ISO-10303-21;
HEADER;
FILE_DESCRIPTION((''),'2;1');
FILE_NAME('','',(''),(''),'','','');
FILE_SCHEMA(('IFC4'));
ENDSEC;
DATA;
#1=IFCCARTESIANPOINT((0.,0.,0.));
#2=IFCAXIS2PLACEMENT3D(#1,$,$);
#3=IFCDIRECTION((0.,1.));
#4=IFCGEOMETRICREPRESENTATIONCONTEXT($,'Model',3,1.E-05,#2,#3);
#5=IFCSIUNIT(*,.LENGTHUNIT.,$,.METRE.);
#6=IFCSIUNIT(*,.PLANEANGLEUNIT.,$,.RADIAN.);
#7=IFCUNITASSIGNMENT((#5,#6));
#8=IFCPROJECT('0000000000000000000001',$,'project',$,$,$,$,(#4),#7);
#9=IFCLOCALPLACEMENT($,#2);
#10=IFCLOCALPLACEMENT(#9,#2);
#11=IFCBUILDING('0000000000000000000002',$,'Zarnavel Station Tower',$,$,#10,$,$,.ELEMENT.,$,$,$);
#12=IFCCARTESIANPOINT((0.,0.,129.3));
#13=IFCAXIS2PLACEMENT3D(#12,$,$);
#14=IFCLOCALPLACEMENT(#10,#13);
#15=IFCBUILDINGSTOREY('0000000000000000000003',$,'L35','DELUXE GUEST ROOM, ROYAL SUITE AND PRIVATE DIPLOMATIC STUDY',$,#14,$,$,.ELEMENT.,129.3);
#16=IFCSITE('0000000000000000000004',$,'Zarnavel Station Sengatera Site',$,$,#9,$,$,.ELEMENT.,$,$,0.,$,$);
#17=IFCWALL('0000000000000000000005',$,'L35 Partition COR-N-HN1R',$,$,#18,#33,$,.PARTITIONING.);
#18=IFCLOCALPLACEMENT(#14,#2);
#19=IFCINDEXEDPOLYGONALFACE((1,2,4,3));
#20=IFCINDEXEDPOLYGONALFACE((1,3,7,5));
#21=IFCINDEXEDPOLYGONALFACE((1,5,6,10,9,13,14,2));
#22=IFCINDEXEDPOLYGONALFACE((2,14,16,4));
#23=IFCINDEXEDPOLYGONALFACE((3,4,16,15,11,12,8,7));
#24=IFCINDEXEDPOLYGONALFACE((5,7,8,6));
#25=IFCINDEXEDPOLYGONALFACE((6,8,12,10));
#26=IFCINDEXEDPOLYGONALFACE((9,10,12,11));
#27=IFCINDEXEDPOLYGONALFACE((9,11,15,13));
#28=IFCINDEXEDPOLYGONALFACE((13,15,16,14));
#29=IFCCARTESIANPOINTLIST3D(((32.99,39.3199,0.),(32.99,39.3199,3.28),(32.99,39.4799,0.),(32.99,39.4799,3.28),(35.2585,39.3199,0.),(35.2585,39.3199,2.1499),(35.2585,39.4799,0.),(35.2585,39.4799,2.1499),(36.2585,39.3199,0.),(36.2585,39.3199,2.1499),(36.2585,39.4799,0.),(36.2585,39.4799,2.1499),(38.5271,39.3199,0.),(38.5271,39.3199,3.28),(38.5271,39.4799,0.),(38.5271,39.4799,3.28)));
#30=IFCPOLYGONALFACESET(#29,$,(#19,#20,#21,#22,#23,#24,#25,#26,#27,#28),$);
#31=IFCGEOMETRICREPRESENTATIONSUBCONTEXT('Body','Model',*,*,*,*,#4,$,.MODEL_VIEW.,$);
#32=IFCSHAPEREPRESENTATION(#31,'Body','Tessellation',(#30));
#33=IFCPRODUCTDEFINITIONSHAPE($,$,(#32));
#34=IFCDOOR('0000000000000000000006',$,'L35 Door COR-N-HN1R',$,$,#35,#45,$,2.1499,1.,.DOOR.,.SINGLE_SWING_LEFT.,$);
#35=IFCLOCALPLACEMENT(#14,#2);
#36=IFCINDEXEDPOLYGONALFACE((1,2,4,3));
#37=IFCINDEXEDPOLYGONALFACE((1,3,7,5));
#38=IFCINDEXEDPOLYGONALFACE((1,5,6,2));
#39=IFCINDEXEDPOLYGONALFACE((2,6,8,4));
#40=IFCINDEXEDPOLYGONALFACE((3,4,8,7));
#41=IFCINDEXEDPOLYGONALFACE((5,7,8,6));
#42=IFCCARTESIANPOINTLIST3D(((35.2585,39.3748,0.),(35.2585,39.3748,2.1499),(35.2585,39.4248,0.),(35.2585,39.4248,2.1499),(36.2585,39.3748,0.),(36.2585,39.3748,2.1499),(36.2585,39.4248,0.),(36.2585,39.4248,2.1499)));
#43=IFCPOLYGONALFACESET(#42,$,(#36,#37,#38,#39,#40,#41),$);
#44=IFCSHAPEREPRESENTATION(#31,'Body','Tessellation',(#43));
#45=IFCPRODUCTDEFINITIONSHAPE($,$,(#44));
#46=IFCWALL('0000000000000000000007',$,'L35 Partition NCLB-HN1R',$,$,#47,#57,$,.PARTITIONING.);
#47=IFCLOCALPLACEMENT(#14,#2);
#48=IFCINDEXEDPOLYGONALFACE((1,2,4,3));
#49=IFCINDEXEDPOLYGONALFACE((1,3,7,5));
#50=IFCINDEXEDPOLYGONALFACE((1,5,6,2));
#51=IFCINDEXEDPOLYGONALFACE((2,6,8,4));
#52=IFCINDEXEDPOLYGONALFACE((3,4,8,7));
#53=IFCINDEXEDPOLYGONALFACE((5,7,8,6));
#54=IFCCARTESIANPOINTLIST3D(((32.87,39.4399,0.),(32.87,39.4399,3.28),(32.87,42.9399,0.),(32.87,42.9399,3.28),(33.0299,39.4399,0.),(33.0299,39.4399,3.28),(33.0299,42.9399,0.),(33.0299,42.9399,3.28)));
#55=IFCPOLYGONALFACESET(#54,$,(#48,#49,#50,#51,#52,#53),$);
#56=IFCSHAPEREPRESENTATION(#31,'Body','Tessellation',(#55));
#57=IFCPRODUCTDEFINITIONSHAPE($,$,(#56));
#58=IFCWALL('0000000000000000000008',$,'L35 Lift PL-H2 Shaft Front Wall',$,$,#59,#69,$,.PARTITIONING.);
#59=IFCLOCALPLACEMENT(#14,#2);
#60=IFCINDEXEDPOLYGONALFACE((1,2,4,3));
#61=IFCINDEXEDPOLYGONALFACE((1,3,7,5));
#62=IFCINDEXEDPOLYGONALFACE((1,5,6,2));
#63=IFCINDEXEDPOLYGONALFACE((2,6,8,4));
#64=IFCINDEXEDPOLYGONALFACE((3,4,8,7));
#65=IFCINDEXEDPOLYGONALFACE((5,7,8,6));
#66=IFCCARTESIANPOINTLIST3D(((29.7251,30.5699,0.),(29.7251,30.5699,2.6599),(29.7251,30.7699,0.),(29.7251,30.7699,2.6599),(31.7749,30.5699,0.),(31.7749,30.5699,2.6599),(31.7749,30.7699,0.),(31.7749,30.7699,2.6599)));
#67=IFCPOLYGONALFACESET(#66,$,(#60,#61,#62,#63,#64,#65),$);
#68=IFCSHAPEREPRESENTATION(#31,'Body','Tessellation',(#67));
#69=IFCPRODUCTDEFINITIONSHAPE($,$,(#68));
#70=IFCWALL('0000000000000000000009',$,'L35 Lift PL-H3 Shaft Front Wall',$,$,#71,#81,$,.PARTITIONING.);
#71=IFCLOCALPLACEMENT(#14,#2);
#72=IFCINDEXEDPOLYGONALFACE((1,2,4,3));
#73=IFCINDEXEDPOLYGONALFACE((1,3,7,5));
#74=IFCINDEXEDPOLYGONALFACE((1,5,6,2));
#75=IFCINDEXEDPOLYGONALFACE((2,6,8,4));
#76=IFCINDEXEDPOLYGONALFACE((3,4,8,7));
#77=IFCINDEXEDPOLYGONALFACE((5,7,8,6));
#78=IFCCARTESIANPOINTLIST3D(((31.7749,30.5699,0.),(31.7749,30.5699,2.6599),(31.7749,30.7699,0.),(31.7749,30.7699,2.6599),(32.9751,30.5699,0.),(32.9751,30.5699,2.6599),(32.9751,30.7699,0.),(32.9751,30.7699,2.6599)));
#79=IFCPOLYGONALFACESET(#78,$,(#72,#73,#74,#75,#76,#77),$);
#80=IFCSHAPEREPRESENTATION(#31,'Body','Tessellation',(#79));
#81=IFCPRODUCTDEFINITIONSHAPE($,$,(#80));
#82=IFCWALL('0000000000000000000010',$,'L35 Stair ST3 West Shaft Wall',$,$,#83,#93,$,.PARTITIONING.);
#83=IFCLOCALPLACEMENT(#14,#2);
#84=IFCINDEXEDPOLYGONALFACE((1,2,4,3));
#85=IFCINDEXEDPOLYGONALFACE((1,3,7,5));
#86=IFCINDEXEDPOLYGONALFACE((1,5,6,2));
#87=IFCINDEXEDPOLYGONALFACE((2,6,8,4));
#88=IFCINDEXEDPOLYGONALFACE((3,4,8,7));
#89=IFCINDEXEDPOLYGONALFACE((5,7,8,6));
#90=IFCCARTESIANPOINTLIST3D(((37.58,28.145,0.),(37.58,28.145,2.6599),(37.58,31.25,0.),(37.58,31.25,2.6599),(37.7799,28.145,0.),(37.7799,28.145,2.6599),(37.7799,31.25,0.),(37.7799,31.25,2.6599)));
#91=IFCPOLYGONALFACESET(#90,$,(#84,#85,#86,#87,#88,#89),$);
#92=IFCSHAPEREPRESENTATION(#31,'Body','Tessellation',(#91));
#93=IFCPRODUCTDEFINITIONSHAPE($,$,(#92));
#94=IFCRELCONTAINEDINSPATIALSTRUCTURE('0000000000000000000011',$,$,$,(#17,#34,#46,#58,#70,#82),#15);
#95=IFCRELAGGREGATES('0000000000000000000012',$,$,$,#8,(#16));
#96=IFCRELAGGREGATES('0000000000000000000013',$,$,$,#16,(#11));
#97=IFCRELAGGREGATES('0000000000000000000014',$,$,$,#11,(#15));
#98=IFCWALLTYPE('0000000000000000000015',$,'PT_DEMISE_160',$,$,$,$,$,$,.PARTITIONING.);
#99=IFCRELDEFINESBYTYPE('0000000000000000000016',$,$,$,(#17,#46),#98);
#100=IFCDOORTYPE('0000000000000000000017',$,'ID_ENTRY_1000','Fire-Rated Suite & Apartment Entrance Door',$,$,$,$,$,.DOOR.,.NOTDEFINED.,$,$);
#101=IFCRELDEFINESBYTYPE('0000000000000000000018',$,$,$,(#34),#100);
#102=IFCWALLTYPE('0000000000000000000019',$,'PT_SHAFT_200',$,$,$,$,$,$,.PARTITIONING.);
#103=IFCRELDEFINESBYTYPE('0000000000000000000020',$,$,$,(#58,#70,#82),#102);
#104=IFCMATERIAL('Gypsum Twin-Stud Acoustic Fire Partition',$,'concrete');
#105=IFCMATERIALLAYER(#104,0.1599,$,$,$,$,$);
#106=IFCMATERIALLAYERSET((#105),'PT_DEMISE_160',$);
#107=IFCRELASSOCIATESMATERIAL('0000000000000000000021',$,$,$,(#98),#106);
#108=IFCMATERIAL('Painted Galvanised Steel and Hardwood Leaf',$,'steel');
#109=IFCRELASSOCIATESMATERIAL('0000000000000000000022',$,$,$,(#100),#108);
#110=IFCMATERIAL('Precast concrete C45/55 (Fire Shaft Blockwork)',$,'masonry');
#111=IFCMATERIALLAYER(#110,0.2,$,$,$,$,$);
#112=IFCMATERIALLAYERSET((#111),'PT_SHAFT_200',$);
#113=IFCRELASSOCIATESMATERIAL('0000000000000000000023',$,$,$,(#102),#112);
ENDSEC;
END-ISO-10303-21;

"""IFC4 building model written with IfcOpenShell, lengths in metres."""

from ifc_helpers import new_model, si_unit, direction, frame, frame_2d, origin, place, context, subcontext, project, spatial, rectangle, extrude, material, layer, layer_set, type_object, element, fill, save


model = new_model("IFC4")

# Units and contexts
model_context = context("Model", 3, precision=1e-05, world=origin(), true_north=direction((0.0, 1.0)))
body_context = subcontext(model_context, "Body", "Model", "MODEL_VIEW")
ifc_project = project(units=[si_unit("LENGTHUNIT", "METRE"), si_unit("PLANEANGLEUNIT", "RADIAN")], contexts=[model_context])

# Site, building, storey
site_placement = place(None, origin())
site = spatial("IfcSite", under=ifc_project, at=site_placement, Name="Zarnavel Station Sengatera Site", CompositionType="ELEMENT", RefElevation=0.0)
building_placement = place(site_placement, origin())
building = spatial("IfcBuilding", under=site, at=building_placement, Name="Zarnavel Station Tower", CompositionType="ELEMENT")
storey_placement = place(building_placement, frame((0.0, 0.0, 129.3)))
storey = spatial("IfcBuildingStorey", under=building, at=storey_placement, Name="L35", Description="DELUXE GUEST ROOM, ROYAL SUITE AND PRIVATE DIPLOMATIC STUDY", CompositionType="ELEMENT", Elevation=129.3)

# Wall, opening, door
ifc_material_1 = material(Name="Gypsum Twin-Stud Acoustic Fire Partition", Category="concrete")
ifc_layer_1 = layer(ifc_material_1, 0.1599)
ifc_layer_set_1 = layer_set([ifc_layer_1], Name="PT_DEMISE_160")
wall_type_1 = type_object("IfcWallType", Name="PT_DEMISE_160", PredefinedType="PARTITIONING", material=ifc_layer_set_1)
wall_1_placement = place(storey_placement, frame((32.99, 39.3999, 0.0), z_axis=(0.0, 0.0, 1.0), x_axis=(1.0, 0.0, 0.0)))
wall_1 = element("IfcWall", 1, at=wall_1_placement, inside=storey, type_object=wall_type_1, Name="L35 Partition COR-N-HN1R", PredefinedType="PARTITIONING", context=body_context, shape_type="SweptSolid", body=[
    extrude(rectangle(XDim=5.5371, YDim=0.1599, at=frame_2d((2.7686, 0.0))), origin(), (0.0, 0.0, 1.0), 3.28),
])
opening_1_placement = place(wall_1_placement, frame((2.2686, 0.0, 0.0)))
opening_1 = element("IfcOpeningElement", 2, at=opening_1_placement, cuts=wall_1, PredefinedType="OPENING", context=body_context, shape_type="SweptSolid", body=[
    extrude(rectangle(XDim=1.0, YDim=2.1499, at=frame_2d((0.5, 1.075))), frame((0.0, 0.0898, 0.0), z_axis=(0.0, -1.0, 0.0), x_axis=(1.0, 0.0, 0.0)), (0.0, 0.0, 1.0), 0.1799),
])
ifc_material_2 = material(Name="Painted Galvanised Steel and Hardwood Leaf", Category="steel")
door_type_1 = type_object("IfcDoorType", Name="ID_ENTRY_1000", Description="Fire-Rated Suite & Apartment Entrance Door", OperationType="NOTDEFINED", PredefinedType="DOOR", material=ifc_material_2)
door_1_placement = place(opening_1_placement, origin())
door_1 = element("IfcDoor", 3, at=door_1_placement, inside=storey, type_object=door_type_1, Name="L35 Door COR-N-HN1R", OperationType="SINGLE_SWING_LEFT", OverallHeight=2.1499, OverallWidth=1.0, PredefinedType="DOOR", context=body_context, shape_type="SweptSolid", body=[
    extrude(rectangle(XDim=1.0, YDim=2.1499, at=frame_2d((0.5, 1.075))), frame((0.0, 0.0249, 0.0), z_axis=(0.0, -1.0, 0.0), x_axis=(1.0, 0.0, 0.0)), (0.0, 0.0, 1.0), 0.05),
])
fill(opening_1, door_1)

# Wall
wall_2_placement = place(storey_placement, frame((32.95, 39.4399, 0.0), z_axis=(0.0, 0.0, 1.0), x_axis=(0.0, 1.0, 0.0)))
element("IfcWall", 4, at=wall_2_placement, inside=storey, type_object=wall_type_1, Name="L35 Partition NCLB-HN1R", PredefinedType="PARTITIONING", context=body_context, shape_type="SweptSolid", body=[
    extrude(rectangle(XDim=3.5, YDim=0.1599, at=frame_2d((1.75, 0.0))), origin(), (0.0, 0.0, 1.0), 3.28),
])

# Shared definitions
ifc_material_3 = material(Name="Precast concrete C45/55 (Fire Shaft Blockwork)", Category="masonry")
ifc_layer_2 = layer(ifc_material_3, 0.2)
ifc_layer_set_2 = layer_set([ifc_layer_2], Name="PT_SHAFT_200")
wall_type_2 = type_object("IfcWallType", Name="PT_SHAFT_200", PredefinedType="PARTITIONING", material=ifc_layer_set_2)

# Walls
wall_3_placement = place(storey_placement, frame((29.7251, 30.6699, 0.0), z_axis=(0.0, 0.0, 1.0), x_axis=(1.0, 0.0, 0.0)))
element("IfcWall", 5, at=wall_3_placement, inside=storey, type_object=wall_type_2, Name="L35 Lift PL-H2 Shaft Front Wall", PredefinedType="PARTITIONING", context=body_context, shape_type="SweptSolid", body=[
    extrude(rectangle(XDim=2.0498, YDim=0.2, at=frame_2d((1.0249, 0.0))), origin(), (0.0, 0.0, 1.0), 2.6599),
])
wall_4_placement = place(storey_placement, frame((31.7749, 30.6699, 0.0), z_axis=(0.0, 0.0, 1.0), x_axis=(1.0, 0.0, 0.0)))
element("IfcWall", 6, at=wall_4_placement, inside=storey, type_object=wall_type_2, Name="L35 Lift PL-H3 Shaft Front Wall", PredefinedType="PARTITIONING", context=body_context, shape_type="SweptSolid", body=[
    extrude(rectangle(XDim=1.2002, YDim=0.2, at=frame_2d((0.6001, 0.0))), origin(), (0.0, 0.0, 1.0), 2.6599),
])

# Wall
wall_5_placement = place(storey_placement, frame((37.6799, 28.145, 0.0), z_axis=(0.0, 0.0, 1.0), x_axis=(0.0, 1.0, 0.0)))
element("IfcWall", 7, at=wall_5_placement, inside=storey, type_object=wall_type_2, Name="L35 Stair ST3 West Shaft Wall", PredefinedType="PARTITIONING", context=body_context, shape_type="SweptSolid", body=[
    extrude(rectangle(XDim=3.105, YDim=0.2, at=frame_2d((1.5525, 0.0))), origin(), (0.0, 0.0, 1.0), 2.6599),
])

save(model, "model.ifc")
